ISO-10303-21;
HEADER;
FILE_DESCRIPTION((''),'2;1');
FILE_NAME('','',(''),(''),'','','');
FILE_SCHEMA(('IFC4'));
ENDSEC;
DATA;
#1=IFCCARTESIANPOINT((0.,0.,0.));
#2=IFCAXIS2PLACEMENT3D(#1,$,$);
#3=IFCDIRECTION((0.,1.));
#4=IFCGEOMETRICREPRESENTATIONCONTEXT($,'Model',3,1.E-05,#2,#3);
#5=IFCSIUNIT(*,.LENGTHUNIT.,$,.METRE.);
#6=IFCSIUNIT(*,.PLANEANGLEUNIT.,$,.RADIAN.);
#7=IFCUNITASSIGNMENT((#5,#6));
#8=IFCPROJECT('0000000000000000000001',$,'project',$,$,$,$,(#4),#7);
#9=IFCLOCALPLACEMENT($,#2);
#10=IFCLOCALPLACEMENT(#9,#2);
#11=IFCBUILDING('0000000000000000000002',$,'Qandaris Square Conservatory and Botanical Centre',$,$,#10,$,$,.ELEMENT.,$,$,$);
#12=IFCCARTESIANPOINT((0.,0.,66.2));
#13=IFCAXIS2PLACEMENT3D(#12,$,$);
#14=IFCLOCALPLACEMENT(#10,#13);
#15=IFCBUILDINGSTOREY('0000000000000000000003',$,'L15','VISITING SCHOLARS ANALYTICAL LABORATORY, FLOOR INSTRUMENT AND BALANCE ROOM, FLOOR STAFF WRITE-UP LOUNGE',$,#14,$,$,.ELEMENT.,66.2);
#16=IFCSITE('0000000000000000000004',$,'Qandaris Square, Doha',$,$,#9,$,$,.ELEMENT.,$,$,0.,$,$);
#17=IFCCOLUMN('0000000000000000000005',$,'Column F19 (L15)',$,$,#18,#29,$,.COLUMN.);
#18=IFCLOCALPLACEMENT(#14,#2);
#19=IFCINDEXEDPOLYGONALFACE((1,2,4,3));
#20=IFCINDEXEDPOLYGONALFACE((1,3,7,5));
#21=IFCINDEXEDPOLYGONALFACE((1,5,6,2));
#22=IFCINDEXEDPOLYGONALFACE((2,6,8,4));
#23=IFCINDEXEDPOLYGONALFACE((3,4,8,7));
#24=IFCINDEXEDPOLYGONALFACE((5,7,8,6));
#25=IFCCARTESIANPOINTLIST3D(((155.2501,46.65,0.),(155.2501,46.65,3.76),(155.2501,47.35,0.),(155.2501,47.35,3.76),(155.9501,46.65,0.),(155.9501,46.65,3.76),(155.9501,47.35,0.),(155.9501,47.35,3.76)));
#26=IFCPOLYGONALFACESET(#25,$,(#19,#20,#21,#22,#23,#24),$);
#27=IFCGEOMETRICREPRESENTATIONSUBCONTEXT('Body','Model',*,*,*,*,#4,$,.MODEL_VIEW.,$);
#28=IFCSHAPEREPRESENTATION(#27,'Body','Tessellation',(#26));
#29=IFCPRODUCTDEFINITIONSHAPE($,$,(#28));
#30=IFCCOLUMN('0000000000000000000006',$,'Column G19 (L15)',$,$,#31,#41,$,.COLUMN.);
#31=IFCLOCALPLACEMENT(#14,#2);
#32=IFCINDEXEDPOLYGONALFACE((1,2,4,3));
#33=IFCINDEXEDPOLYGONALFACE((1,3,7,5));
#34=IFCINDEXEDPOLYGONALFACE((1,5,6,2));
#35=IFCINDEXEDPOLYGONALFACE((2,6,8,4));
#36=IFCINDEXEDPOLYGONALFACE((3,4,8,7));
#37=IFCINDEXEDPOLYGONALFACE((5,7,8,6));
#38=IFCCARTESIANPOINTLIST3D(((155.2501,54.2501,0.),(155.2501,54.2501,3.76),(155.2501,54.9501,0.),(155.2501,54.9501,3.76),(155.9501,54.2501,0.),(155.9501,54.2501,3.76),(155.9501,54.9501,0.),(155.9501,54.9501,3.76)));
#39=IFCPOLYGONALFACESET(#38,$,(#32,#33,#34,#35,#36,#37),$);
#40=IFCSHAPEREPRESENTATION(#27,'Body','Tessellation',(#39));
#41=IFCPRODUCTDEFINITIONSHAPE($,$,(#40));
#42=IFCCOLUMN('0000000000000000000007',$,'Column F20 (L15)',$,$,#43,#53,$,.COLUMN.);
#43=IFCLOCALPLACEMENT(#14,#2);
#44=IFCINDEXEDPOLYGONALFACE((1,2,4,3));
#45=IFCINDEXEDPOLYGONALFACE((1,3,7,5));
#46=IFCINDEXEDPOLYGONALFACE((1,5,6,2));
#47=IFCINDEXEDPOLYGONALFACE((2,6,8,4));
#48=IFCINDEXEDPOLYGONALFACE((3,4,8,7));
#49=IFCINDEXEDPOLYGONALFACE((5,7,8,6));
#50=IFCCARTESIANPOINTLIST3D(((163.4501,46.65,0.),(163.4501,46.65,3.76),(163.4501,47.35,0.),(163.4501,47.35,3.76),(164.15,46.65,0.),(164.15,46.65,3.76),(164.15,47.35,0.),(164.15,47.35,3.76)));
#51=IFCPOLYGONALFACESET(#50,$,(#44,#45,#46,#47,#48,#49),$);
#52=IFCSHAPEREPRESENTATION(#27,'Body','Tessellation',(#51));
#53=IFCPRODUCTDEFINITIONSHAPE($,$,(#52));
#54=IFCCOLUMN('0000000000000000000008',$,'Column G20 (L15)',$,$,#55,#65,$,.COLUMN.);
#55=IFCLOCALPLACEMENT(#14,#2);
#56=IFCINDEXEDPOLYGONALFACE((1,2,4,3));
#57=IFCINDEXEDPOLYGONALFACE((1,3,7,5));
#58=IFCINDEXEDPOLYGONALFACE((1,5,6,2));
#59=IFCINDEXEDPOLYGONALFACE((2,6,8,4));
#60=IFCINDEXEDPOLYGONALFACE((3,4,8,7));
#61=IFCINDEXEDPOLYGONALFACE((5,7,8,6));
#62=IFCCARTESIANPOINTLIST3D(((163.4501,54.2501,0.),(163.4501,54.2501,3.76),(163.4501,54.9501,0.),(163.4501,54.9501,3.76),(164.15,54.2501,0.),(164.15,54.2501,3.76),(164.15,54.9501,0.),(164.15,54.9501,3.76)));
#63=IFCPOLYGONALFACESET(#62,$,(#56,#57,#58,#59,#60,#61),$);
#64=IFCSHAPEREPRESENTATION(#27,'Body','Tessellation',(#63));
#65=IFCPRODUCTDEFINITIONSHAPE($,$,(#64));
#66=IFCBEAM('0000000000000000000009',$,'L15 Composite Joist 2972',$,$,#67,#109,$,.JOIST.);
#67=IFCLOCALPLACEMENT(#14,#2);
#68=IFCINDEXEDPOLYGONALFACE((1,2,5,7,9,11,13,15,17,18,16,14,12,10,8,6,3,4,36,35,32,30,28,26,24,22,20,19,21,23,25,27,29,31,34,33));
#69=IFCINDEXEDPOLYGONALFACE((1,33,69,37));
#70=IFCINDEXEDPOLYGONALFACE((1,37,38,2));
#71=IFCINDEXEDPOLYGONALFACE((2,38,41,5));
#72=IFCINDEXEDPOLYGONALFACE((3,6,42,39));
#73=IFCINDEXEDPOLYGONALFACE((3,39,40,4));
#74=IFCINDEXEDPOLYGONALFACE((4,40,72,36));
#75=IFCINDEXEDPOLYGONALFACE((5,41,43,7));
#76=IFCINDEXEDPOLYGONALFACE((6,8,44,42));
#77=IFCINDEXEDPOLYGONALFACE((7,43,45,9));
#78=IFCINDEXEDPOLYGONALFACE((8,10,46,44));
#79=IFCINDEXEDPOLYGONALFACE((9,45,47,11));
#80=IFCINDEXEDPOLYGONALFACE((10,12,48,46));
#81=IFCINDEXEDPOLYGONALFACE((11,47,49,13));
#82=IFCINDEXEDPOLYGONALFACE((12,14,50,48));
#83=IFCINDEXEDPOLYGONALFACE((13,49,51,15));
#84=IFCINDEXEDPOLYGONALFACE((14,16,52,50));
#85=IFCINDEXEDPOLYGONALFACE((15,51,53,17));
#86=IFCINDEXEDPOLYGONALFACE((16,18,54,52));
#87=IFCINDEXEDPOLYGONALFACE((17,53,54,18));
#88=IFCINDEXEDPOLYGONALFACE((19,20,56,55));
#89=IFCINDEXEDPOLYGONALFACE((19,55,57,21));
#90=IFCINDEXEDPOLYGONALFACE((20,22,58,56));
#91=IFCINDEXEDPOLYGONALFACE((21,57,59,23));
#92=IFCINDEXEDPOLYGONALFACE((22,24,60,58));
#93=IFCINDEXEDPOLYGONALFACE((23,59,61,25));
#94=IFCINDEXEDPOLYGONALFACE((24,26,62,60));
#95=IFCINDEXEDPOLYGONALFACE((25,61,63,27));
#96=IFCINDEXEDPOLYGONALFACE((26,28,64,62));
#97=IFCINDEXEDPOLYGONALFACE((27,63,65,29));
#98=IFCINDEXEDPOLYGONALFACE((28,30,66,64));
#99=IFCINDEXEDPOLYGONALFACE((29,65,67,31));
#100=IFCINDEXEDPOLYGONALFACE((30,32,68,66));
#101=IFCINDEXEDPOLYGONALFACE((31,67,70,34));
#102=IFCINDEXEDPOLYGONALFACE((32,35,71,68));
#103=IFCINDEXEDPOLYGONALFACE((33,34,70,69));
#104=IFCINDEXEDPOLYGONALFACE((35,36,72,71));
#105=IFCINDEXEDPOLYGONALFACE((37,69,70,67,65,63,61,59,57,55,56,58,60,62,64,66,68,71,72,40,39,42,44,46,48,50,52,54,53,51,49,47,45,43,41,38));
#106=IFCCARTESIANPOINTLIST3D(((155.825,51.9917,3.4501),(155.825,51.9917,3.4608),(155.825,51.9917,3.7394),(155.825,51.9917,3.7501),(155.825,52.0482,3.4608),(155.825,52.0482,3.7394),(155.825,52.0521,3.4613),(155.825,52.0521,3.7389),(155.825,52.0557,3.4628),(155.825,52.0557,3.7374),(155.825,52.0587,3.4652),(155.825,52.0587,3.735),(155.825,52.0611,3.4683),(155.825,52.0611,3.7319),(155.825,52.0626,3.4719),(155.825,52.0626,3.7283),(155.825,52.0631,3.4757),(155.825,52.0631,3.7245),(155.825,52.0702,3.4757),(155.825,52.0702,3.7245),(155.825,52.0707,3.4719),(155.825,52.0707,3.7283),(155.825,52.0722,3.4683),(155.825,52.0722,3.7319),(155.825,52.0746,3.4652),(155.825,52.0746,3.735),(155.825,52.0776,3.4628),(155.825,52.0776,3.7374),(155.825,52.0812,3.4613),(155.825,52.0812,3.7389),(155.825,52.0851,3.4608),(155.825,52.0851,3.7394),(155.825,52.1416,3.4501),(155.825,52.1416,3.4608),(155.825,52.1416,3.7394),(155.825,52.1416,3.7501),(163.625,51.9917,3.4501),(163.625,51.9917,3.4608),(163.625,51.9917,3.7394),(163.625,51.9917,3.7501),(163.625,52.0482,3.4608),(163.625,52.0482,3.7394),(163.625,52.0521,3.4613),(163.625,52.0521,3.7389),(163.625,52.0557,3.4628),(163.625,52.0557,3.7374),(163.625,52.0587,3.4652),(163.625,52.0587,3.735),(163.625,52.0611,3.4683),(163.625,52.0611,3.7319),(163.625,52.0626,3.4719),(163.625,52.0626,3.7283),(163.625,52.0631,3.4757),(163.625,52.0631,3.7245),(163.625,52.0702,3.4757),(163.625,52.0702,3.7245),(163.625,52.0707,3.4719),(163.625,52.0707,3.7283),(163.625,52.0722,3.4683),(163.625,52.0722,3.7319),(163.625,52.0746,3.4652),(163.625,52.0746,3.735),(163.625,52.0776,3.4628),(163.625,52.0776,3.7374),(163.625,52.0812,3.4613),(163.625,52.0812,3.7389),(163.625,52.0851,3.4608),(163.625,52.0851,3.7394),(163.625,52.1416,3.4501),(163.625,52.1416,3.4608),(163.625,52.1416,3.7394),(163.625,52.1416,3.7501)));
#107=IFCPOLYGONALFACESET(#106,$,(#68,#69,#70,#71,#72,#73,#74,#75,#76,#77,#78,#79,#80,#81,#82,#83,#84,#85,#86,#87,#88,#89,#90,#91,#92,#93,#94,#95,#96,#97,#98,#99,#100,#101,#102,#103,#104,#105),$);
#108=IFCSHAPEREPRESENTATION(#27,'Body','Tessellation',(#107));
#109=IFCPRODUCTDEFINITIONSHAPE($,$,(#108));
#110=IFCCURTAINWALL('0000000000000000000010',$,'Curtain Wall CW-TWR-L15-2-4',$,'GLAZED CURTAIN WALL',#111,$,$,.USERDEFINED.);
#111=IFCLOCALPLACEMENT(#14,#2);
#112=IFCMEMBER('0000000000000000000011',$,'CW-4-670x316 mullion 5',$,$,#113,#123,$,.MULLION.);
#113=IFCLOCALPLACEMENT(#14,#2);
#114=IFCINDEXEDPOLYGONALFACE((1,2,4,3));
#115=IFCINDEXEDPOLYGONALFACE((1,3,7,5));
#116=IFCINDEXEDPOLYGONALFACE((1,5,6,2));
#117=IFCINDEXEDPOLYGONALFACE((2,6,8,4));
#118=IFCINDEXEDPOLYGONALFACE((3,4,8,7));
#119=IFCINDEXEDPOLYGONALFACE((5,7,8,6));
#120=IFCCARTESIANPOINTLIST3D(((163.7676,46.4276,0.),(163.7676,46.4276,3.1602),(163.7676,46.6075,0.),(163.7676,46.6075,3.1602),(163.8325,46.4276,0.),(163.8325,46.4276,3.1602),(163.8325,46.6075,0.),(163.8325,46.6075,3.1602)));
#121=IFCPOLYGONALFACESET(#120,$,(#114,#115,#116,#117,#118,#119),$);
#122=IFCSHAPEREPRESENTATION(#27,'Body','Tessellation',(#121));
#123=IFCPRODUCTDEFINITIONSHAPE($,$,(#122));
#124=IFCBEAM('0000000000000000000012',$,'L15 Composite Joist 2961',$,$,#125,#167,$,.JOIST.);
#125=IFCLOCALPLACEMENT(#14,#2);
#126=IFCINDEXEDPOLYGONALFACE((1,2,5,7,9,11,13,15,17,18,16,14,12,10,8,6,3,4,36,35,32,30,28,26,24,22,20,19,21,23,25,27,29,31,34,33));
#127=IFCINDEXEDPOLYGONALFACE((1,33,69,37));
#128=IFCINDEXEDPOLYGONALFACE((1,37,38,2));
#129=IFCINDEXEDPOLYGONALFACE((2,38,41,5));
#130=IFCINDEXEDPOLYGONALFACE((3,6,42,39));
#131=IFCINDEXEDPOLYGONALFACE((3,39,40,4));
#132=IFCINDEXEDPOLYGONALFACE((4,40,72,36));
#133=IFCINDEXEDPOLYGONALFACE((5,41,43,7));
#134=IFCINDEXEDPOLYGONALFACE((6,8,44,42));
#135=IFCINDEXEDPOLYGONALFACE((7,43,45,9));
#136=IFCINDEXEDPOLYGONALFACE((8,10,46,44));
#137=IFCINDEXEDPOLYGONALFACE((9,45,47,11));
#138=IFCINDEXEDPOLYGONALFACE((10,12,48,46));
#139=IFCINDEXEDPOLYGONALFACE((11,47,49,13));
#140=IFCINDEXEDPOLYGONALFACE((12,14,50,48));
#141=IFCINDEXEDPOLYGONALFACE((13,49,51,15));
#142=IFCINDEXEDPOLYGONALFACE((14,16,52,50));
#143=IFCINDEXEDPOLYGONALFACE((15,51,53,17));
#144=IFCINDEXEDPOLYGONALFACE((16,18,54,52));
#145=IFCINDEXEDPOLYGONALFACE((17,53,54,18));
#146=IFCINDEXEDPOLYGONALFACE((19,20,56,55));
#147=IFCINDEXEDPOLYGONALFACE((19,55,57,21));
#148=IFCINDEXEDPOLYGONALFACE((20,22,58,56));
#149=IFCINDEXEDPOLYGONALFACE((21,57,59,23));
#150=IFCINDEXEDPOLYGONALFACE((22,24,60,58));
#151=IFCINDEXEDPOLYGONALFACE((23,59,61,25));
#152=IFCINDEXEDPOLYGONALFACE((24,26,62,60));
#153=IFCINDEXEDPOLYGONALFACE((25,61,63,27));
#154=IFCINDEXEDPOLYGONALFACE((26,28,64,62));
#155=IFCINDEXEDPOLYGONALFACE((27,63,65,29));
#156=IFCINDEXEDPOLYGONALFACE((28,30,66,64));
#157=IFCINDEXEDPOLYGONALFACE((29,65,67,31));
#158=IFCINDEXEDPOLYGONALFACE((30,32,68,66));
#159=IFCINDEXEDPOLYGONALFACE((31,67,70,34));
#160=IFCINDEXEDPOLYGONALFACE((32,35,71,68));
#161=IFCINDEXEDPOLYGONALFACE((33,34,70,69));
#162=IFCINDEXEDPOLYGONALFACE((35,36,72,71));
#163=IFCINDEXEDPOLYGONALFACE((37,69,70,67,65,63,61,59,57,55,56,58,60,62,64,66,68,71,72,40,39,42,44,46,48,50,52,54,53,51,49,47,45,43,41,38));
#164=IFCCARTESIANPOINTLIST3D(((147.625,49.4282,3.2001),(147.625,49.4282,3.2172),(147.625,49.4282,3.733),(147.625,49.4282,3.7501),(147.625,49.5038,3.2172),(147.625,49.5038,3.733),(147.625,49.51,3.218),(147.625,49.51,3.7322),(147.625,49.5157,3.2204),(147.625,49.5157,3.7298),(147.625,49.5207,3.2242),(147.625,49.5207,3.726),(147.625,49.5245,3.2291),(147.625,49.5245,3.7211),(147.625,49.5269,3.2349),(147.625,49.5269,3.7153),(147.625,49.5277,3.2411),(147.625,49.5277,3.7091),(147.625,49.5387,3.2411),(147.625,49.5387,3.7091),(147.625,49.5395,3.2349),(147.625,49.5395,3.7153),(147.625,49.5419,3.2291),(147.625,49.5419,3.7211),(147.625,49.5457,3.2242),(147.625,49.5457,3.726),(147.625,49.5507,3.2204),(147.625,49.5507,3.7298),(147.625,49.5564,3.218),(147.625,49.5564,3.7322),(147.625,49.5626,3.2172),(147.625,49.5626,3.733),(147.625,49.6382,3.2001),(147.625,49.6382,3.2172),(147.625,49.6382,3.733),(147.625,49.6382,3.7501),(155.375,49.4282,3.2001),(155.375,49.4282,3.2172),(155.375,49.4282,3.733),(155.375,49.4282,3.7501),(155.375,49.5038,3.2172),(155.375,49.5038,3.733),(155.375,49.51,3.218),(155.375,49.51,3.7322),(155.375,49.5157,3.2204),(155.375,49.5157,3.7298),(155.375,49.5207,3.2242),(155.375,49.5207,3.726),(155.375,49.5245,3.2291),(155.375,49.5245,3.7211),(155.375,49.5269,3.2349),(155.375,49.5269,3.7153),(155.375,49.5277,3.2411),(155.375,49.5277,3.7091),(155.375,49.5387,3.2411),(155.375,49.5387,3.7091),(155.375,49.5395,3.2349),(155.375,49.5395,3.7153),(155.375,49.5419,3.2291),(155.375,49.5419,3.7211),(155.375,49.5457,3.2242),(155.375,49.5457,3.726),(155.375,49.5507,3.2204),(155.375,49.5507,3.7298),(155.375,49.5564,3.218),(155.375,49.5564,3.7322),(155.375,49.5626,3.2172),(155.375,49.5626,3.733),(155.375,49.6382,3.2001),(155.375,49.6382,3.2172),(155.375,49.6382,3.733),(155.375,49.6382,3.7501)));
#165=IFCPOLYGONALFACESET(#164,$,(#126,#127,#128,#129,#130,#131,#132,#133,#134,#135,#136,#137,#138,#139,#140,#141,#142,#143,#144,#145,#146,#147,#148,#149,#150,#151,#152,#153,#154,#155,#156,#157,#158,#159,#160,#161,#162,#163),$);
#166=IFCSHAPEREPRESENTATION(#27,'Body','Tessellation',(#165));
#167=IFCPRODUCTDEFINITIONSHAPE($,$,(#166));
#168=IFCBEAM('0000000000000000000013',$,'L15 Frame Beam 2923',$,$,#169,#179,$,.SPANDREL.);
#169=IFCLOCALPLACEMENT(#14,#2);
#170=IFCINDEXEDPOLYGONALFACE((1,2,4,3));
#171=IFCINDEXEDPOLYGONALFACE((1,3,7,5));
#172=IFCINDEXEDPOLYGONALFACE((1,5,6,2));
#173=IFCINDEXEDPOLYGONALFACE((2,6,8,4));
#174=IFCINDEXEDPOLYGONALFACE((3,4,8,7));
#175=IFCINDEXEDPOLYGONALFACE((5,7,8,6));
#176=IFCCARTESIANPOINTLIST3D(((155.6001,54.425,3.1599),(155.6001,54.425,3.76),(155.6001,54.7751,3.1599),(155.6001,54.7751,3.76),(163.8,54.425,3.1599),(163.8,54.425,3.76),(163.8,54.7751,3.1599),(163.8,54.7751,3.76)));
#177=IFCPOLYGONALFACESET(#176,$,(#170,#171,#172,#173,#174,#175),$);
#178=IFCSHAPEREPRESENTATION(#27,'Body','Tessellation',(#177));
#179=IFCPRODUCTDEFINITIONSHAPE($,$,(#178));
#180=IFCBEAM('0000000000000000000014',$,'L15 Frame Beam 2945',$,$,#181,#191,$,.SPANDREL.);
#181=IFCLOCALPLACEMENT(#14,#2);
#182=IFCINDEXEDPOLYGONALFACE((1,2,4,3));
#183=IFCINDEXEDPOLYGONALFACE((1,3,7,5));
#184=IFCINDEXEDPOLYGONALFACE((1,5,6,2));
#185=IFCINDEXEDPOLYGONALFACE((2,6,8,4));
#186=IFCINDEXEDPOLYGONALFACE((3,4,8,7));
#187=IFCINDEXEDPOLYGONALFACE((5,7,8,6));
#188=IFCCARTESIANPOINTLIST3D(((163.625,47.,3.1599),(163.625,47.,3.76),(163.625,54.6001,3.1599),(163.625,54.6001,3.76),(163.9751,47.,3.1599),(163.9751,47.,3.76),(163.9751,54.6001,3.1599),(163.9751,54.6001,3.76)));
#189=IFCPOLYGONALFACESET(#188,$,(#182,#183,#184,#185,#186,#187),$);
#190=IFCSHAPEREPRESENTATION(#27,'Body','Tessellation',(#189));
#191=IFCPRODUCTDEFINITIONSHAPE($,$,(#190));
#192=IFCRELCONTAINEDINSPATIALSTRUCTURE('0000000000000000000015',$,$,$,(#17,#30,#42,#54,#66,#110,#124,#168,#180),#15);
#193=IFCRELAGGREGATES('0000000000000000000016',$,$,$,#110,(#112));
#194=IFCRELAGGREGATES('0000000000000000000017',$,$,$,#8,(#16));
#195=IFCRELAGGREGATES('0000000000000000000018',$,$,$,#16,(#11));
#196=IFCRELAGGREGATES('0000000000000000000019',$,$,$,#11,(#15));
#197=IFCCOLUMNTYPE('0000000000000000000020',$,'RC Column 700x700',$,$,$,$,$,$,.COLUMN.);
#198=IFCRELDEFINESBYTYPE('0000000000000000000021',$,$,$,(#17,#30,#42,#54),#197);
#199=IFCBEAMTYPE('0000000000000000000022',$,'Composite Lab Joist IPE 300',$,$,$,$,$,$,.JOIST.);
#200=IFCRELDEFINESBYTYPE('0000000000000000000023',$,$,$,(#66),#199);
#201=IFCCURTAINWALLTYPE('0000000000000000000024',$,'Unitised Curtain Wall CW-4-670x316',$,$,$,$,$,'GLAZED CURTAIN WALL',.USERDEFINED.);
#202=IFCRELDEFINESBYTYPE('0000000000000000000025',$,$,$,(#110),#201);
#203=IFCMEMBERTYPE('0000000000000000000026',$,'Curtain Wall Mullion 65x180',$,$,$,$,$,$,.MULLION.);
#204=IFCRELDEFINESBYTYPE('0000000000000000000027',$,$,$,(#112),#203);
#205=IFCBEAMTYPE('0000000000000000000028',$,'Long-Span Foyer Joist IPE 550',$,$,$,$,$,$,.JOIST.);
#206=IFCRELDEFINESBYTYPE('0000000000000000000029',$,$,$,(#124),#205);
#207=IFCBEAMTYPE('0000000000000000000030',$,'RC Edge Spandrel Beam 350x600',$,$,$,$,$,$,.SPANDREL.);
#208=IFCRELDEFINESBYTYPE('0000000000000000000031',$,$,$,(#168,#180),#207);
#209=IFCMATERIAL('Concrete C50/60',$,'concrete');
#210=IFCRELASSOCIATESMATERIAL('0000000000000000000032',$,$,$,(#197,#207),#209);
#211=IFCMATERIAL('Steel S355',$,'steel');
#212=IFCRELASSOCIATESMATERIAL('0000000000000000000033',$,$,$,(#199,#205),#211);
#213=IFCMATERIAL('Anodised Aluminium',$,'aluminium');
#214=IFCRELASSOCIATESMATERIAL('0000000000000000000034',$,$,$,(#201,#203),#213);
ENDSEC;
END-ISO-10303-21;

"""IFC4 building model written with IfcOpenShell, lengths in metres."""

from ifc_helpers import new_model, si_unit, direction, frame, origin, origin_2d, place, context, subcontext, project, spatial, rectangle, i_section, extrude, material, material_profile, profile_set, type_object, element, aggregate, save


model = new_model("IFC4")

# Units and contexts
model_context = context("Model", 3, precision=1e-05, world=origin(), true_north=direction((0.0, 1.0)))
body_context = subcontext(model_context, "Body", "Model", "MODEL_VIEW")
ifc_project = project(units=[si_unit("LENGTHUNIT", "METRE"), si_unit("PLANEANGLEUNIT", "RADIAN")], contexts=[model_context])

# Site, building, storey
site_placement = place(None, origin())
site = spatial("IfcSite", under=ifc_project, at=site_placement, Name="Qandaris Square, Doha", CompositionType="ELEMENT", RefElevation=0.0)
building_placement = place(site_placement, origin())
building = spatial("IfcBuilding", under=site, at=building_placement, Name="Qandaris Square Conservatory and Botanical Centre", CompositionType="ELEMENT")
storey_placement = place(building_placement, frame((0.0, 0.0, 66.2)))
storey = spatial("IfcBuildingStorey", under=building, at=storey_placement, Name="L15", Description="VISITING SCHOLARS ANALYTICAL LABORATORY, FLOOR INSTRUMENT AND BALANCE ROOM, FLOOR STAFF WRITE-UP LOUNGE", CompositionType="ELEMENT", Elevation=66.2)

# Columns
ifc_material_1 = material(Name="Concrete C50/60", Category="concrete")
ifc_material_profile_1 = material_profile(ifc_material_1, rectangle(XDim=0.7, YDim=0.7, at=origin_2d()), Name="RC-COL 700x700")
ifc_profile_set_1 = profile_set([ifc_material_profile_1], Name="Concrete C50/60")
column_type = type_object("IfcColumnType", Name="RC Column 700x700", PredefinedType="COLUMN", material=ifc_profile_set_1)
for number, where, z_axis, x_axis, name in (
    (1, (155.6001, 47.0, 0.0), (0.0, 0.0, 1.0), (1.0, 0.0, 0.0), "Column F19 (L15)"),
    (2, (155.6001, 54.6001, 0.0), (0.0, 0.0, 1.0), (1.0, 0.0, 0.0), "Column G19 (L15)"),
    (3, (163.8, 47.0, 0.0), (0.0, 0.0, 1.0), (1.0, 0.0, 0.0), "Column F20 (L15)"),
    (4, (163.8, 54.6001, 0.0), (0.0, 0.0, 1.0), (1.0, 0.0, 0.0), "Column G20 (L15)"),
):
    element("IfcColumn", number, at=place(storey_placement, frame(where, z_axis=z_axis, x_axis=x_axis)), inside=storey, type_object=column_type, Name=name, PredefinedType="COLUMN", context=body_context, shape_type="SweptSolid", body=[
        extrude(rectangle(XDim=0.7, YDim=0.7, at=origin_2d()), origin(), (0.0, 0.0, 1.0), 3.76),
    ])

# Beam
ifc_material_2 = material(Name="Steel S355", Category="steel")
ifc_material_profile_2 = material_profile(ifc_material_2, i_section(OverallWidth=0.1499, OverallDepth=0.3, WebThickness=0.0071, FlangeThickness=0.0107, FilletRadius=0.0149, at=origin_2d()), Name="IPE 300")
ifc_profile_set_2 = profile_set([ifc_material_profile_2], Name="Steel S355")
beam_type_1 = type_object("IfcBeamType", Name="Composite Lab Joist IPE 300", PredefinedType="JOIST", material=ifc_profile_set_2)
beam_1_placement = place(storey_placement, frame((155.825, 52.0667, 3.6001), z_axis=(1.0, 0.0, 0.0), x_axis=(0.0, 1.0, 0.0)))
element("IfcBeam", 5, at=beam_1_placement, inside=storey, type_object=beam_type_1, Name="L15 Composite Joist 2972", PredefinedType="JOIST", context=body_context, shape_type="SweptSolid", body=[
    extrude(i_section(OverallWidth=0.1499, OverallDepth=0.3, WebThickness=0.0071, FlangeThickness=0.0107, FilletRadius=0.0149, at=origin_2d()), origin(), (0.0, 0.0, 1.0), 7.8),
])

# Curtain wall, member
ifc_material_3 = material(Name="Anodised Aluminium", Category="aluminium")
curtain_wall_type = type_object("IfcCurtainWallType", Name="Unitised Curtain Wall CW-4-670x316", ElementType="GLAZED CURTAIN WALL", PredefinedType="USERDEFINED", material=ifc_material_3)
curtain_wall_placement = place(storey_placement, origin())
curtain_wall = element("IfcCurtainWall", 6, at=curtain_wall_placement, inside=storey, type_object=curtain_wall_type, Name="Curtain Wall CW-TWR-L15-2-4", ObjectType="GLAZED CURTAIN WALL", PredefinedType="USERDEFINED")
ifc_material_profile_3 = material_profile(ifc_material_3, rectangle(XDim=0.0649, YDim=0.1799, at=origin_2d()), Name="ALU-MUL 65x180")
ifc_profile_set_3 = profile_set([ifc_material_profile_3], Name="Anodised Aluminium")
member_type = type_object("IfcMemberType", Name="Curtain Wall Mullion 65x180", PredefinedType="MULLION", material=ifc_profile_set_3)
member_placement = place(storey_placement, frame((163.8, 46.5176, 0.0), z_axis=(0.0, 0.0, 1.0), x_axis=(-1.0, 0.0, 0.0)))
member = element("IfcMember", 7, at=member_placement, type_object=member_type, Name="CW-4-670x316 mullion 5", PredefinedType="MULLION", context=body_context, shape_type="SweptSolid", body=[
    extrude(rectangle(XDim=0.0649, YDim=0.1799, at=origin_2d()), origin(), (0.0, 0.0, 1.0), 3.1602),
])
aggregate(curtain_wall, [member])

# Beams
ifc_material_profile_4 = material_profile(ifc_material_2, i_section(OverallWidth=0.21, OverallDepth=0.55, WebThickness=0.011, FlangeThickness=0.0171, FilletRadius=0.0239, at=origin_2d()), Name="IPE 550")
ifc_profile_set_4 = profile_set([ifc_material_profile_4], Name="Steel S355")
beam_type_2 = type_object("IfcBeamType", Name="Long-Span Foyer Joist IPE 550", PredefinedType="JOIST", material=ifc_profile_set_4)
beam_2_placement = place(storey_placement, frame((147.625, 49.5332, 3.4751), z_axis=(1.0, 0.0, 0.0), x_axis=(0.0, 1.0, 0.0)))
element("IfcBeam", 8, at=beam_2_placement, inside=storey, type_object=beam_type_2, Name="L15 Composite Joist 2961", PredefinedType="JOIST", context=body_context, shape_type="SweptSolid", body=[
    extrude(i_section(OverallWidth=0.21, OverallDepth=0.55, WebThickness=0.011, FlangeThickness=0.0171, FilletRadius=0.0239, at=origin_2d()), origin(), (0.0, 0.0, 1.0), 7.75),
])
ifc_material_profile_5 = material_profile(ifc_material_1, rectangle(XDim=0.3501, YDim=0.6001, at=origin_2d()), Name="RC-SP 350x600")
ifc_profile_set_5 = profile_set([ifc_material_profile_5], Name="Concrete C50/60")
beam_type_3 = type_object("IfcBeamType", Name="RC Edge Spandrel Beam 350x600", PredefinedType="SPANDREL", material=ifc_profile_set_5)
beam_3_placement = place(storey_placement, frame((155.6001, 54.6001, 3.46), z_axis=(1.0, 0.0, 0.0), x_axis=(0.0, 1.0, 0.0)))
element("IfcBeam", 9, at=beam_3_placement, inside=storey, type_object=beam_type_3, Name="L15 Frame Beam 2923", PredefinedType="SPANDREL", context=body_context, shape_type="SweptSolid", body=[
    extrude(rectangle(XDim=0.3501, YDim=0.6001, at=origin_2d()), origin(), (0.0, 0.0, 1.0), 8.2),
])
beam_4_placement = place(storey_placement, frame((163.8, 47.0, 3.46), z_axis=(0.0, 1.0, 0.0), x_axis=(-1.0, 0.0, 0.0)))
element("IfcBeam", 10, at=beam_4_placement, inside=storey, type_object=beam_type_3, Name="L15 Frame Beam 2945", PredefinedType="SPANDREL", context=body_context, shape_type="SweptSolid", body=[
    extrude(rectangle(XDim=0.3501, YDim=0.6001, at=origin_2d()), origin(), (0.0, 0.0, 1.0), 7.6001),
])

save(model, "model.ifc")
